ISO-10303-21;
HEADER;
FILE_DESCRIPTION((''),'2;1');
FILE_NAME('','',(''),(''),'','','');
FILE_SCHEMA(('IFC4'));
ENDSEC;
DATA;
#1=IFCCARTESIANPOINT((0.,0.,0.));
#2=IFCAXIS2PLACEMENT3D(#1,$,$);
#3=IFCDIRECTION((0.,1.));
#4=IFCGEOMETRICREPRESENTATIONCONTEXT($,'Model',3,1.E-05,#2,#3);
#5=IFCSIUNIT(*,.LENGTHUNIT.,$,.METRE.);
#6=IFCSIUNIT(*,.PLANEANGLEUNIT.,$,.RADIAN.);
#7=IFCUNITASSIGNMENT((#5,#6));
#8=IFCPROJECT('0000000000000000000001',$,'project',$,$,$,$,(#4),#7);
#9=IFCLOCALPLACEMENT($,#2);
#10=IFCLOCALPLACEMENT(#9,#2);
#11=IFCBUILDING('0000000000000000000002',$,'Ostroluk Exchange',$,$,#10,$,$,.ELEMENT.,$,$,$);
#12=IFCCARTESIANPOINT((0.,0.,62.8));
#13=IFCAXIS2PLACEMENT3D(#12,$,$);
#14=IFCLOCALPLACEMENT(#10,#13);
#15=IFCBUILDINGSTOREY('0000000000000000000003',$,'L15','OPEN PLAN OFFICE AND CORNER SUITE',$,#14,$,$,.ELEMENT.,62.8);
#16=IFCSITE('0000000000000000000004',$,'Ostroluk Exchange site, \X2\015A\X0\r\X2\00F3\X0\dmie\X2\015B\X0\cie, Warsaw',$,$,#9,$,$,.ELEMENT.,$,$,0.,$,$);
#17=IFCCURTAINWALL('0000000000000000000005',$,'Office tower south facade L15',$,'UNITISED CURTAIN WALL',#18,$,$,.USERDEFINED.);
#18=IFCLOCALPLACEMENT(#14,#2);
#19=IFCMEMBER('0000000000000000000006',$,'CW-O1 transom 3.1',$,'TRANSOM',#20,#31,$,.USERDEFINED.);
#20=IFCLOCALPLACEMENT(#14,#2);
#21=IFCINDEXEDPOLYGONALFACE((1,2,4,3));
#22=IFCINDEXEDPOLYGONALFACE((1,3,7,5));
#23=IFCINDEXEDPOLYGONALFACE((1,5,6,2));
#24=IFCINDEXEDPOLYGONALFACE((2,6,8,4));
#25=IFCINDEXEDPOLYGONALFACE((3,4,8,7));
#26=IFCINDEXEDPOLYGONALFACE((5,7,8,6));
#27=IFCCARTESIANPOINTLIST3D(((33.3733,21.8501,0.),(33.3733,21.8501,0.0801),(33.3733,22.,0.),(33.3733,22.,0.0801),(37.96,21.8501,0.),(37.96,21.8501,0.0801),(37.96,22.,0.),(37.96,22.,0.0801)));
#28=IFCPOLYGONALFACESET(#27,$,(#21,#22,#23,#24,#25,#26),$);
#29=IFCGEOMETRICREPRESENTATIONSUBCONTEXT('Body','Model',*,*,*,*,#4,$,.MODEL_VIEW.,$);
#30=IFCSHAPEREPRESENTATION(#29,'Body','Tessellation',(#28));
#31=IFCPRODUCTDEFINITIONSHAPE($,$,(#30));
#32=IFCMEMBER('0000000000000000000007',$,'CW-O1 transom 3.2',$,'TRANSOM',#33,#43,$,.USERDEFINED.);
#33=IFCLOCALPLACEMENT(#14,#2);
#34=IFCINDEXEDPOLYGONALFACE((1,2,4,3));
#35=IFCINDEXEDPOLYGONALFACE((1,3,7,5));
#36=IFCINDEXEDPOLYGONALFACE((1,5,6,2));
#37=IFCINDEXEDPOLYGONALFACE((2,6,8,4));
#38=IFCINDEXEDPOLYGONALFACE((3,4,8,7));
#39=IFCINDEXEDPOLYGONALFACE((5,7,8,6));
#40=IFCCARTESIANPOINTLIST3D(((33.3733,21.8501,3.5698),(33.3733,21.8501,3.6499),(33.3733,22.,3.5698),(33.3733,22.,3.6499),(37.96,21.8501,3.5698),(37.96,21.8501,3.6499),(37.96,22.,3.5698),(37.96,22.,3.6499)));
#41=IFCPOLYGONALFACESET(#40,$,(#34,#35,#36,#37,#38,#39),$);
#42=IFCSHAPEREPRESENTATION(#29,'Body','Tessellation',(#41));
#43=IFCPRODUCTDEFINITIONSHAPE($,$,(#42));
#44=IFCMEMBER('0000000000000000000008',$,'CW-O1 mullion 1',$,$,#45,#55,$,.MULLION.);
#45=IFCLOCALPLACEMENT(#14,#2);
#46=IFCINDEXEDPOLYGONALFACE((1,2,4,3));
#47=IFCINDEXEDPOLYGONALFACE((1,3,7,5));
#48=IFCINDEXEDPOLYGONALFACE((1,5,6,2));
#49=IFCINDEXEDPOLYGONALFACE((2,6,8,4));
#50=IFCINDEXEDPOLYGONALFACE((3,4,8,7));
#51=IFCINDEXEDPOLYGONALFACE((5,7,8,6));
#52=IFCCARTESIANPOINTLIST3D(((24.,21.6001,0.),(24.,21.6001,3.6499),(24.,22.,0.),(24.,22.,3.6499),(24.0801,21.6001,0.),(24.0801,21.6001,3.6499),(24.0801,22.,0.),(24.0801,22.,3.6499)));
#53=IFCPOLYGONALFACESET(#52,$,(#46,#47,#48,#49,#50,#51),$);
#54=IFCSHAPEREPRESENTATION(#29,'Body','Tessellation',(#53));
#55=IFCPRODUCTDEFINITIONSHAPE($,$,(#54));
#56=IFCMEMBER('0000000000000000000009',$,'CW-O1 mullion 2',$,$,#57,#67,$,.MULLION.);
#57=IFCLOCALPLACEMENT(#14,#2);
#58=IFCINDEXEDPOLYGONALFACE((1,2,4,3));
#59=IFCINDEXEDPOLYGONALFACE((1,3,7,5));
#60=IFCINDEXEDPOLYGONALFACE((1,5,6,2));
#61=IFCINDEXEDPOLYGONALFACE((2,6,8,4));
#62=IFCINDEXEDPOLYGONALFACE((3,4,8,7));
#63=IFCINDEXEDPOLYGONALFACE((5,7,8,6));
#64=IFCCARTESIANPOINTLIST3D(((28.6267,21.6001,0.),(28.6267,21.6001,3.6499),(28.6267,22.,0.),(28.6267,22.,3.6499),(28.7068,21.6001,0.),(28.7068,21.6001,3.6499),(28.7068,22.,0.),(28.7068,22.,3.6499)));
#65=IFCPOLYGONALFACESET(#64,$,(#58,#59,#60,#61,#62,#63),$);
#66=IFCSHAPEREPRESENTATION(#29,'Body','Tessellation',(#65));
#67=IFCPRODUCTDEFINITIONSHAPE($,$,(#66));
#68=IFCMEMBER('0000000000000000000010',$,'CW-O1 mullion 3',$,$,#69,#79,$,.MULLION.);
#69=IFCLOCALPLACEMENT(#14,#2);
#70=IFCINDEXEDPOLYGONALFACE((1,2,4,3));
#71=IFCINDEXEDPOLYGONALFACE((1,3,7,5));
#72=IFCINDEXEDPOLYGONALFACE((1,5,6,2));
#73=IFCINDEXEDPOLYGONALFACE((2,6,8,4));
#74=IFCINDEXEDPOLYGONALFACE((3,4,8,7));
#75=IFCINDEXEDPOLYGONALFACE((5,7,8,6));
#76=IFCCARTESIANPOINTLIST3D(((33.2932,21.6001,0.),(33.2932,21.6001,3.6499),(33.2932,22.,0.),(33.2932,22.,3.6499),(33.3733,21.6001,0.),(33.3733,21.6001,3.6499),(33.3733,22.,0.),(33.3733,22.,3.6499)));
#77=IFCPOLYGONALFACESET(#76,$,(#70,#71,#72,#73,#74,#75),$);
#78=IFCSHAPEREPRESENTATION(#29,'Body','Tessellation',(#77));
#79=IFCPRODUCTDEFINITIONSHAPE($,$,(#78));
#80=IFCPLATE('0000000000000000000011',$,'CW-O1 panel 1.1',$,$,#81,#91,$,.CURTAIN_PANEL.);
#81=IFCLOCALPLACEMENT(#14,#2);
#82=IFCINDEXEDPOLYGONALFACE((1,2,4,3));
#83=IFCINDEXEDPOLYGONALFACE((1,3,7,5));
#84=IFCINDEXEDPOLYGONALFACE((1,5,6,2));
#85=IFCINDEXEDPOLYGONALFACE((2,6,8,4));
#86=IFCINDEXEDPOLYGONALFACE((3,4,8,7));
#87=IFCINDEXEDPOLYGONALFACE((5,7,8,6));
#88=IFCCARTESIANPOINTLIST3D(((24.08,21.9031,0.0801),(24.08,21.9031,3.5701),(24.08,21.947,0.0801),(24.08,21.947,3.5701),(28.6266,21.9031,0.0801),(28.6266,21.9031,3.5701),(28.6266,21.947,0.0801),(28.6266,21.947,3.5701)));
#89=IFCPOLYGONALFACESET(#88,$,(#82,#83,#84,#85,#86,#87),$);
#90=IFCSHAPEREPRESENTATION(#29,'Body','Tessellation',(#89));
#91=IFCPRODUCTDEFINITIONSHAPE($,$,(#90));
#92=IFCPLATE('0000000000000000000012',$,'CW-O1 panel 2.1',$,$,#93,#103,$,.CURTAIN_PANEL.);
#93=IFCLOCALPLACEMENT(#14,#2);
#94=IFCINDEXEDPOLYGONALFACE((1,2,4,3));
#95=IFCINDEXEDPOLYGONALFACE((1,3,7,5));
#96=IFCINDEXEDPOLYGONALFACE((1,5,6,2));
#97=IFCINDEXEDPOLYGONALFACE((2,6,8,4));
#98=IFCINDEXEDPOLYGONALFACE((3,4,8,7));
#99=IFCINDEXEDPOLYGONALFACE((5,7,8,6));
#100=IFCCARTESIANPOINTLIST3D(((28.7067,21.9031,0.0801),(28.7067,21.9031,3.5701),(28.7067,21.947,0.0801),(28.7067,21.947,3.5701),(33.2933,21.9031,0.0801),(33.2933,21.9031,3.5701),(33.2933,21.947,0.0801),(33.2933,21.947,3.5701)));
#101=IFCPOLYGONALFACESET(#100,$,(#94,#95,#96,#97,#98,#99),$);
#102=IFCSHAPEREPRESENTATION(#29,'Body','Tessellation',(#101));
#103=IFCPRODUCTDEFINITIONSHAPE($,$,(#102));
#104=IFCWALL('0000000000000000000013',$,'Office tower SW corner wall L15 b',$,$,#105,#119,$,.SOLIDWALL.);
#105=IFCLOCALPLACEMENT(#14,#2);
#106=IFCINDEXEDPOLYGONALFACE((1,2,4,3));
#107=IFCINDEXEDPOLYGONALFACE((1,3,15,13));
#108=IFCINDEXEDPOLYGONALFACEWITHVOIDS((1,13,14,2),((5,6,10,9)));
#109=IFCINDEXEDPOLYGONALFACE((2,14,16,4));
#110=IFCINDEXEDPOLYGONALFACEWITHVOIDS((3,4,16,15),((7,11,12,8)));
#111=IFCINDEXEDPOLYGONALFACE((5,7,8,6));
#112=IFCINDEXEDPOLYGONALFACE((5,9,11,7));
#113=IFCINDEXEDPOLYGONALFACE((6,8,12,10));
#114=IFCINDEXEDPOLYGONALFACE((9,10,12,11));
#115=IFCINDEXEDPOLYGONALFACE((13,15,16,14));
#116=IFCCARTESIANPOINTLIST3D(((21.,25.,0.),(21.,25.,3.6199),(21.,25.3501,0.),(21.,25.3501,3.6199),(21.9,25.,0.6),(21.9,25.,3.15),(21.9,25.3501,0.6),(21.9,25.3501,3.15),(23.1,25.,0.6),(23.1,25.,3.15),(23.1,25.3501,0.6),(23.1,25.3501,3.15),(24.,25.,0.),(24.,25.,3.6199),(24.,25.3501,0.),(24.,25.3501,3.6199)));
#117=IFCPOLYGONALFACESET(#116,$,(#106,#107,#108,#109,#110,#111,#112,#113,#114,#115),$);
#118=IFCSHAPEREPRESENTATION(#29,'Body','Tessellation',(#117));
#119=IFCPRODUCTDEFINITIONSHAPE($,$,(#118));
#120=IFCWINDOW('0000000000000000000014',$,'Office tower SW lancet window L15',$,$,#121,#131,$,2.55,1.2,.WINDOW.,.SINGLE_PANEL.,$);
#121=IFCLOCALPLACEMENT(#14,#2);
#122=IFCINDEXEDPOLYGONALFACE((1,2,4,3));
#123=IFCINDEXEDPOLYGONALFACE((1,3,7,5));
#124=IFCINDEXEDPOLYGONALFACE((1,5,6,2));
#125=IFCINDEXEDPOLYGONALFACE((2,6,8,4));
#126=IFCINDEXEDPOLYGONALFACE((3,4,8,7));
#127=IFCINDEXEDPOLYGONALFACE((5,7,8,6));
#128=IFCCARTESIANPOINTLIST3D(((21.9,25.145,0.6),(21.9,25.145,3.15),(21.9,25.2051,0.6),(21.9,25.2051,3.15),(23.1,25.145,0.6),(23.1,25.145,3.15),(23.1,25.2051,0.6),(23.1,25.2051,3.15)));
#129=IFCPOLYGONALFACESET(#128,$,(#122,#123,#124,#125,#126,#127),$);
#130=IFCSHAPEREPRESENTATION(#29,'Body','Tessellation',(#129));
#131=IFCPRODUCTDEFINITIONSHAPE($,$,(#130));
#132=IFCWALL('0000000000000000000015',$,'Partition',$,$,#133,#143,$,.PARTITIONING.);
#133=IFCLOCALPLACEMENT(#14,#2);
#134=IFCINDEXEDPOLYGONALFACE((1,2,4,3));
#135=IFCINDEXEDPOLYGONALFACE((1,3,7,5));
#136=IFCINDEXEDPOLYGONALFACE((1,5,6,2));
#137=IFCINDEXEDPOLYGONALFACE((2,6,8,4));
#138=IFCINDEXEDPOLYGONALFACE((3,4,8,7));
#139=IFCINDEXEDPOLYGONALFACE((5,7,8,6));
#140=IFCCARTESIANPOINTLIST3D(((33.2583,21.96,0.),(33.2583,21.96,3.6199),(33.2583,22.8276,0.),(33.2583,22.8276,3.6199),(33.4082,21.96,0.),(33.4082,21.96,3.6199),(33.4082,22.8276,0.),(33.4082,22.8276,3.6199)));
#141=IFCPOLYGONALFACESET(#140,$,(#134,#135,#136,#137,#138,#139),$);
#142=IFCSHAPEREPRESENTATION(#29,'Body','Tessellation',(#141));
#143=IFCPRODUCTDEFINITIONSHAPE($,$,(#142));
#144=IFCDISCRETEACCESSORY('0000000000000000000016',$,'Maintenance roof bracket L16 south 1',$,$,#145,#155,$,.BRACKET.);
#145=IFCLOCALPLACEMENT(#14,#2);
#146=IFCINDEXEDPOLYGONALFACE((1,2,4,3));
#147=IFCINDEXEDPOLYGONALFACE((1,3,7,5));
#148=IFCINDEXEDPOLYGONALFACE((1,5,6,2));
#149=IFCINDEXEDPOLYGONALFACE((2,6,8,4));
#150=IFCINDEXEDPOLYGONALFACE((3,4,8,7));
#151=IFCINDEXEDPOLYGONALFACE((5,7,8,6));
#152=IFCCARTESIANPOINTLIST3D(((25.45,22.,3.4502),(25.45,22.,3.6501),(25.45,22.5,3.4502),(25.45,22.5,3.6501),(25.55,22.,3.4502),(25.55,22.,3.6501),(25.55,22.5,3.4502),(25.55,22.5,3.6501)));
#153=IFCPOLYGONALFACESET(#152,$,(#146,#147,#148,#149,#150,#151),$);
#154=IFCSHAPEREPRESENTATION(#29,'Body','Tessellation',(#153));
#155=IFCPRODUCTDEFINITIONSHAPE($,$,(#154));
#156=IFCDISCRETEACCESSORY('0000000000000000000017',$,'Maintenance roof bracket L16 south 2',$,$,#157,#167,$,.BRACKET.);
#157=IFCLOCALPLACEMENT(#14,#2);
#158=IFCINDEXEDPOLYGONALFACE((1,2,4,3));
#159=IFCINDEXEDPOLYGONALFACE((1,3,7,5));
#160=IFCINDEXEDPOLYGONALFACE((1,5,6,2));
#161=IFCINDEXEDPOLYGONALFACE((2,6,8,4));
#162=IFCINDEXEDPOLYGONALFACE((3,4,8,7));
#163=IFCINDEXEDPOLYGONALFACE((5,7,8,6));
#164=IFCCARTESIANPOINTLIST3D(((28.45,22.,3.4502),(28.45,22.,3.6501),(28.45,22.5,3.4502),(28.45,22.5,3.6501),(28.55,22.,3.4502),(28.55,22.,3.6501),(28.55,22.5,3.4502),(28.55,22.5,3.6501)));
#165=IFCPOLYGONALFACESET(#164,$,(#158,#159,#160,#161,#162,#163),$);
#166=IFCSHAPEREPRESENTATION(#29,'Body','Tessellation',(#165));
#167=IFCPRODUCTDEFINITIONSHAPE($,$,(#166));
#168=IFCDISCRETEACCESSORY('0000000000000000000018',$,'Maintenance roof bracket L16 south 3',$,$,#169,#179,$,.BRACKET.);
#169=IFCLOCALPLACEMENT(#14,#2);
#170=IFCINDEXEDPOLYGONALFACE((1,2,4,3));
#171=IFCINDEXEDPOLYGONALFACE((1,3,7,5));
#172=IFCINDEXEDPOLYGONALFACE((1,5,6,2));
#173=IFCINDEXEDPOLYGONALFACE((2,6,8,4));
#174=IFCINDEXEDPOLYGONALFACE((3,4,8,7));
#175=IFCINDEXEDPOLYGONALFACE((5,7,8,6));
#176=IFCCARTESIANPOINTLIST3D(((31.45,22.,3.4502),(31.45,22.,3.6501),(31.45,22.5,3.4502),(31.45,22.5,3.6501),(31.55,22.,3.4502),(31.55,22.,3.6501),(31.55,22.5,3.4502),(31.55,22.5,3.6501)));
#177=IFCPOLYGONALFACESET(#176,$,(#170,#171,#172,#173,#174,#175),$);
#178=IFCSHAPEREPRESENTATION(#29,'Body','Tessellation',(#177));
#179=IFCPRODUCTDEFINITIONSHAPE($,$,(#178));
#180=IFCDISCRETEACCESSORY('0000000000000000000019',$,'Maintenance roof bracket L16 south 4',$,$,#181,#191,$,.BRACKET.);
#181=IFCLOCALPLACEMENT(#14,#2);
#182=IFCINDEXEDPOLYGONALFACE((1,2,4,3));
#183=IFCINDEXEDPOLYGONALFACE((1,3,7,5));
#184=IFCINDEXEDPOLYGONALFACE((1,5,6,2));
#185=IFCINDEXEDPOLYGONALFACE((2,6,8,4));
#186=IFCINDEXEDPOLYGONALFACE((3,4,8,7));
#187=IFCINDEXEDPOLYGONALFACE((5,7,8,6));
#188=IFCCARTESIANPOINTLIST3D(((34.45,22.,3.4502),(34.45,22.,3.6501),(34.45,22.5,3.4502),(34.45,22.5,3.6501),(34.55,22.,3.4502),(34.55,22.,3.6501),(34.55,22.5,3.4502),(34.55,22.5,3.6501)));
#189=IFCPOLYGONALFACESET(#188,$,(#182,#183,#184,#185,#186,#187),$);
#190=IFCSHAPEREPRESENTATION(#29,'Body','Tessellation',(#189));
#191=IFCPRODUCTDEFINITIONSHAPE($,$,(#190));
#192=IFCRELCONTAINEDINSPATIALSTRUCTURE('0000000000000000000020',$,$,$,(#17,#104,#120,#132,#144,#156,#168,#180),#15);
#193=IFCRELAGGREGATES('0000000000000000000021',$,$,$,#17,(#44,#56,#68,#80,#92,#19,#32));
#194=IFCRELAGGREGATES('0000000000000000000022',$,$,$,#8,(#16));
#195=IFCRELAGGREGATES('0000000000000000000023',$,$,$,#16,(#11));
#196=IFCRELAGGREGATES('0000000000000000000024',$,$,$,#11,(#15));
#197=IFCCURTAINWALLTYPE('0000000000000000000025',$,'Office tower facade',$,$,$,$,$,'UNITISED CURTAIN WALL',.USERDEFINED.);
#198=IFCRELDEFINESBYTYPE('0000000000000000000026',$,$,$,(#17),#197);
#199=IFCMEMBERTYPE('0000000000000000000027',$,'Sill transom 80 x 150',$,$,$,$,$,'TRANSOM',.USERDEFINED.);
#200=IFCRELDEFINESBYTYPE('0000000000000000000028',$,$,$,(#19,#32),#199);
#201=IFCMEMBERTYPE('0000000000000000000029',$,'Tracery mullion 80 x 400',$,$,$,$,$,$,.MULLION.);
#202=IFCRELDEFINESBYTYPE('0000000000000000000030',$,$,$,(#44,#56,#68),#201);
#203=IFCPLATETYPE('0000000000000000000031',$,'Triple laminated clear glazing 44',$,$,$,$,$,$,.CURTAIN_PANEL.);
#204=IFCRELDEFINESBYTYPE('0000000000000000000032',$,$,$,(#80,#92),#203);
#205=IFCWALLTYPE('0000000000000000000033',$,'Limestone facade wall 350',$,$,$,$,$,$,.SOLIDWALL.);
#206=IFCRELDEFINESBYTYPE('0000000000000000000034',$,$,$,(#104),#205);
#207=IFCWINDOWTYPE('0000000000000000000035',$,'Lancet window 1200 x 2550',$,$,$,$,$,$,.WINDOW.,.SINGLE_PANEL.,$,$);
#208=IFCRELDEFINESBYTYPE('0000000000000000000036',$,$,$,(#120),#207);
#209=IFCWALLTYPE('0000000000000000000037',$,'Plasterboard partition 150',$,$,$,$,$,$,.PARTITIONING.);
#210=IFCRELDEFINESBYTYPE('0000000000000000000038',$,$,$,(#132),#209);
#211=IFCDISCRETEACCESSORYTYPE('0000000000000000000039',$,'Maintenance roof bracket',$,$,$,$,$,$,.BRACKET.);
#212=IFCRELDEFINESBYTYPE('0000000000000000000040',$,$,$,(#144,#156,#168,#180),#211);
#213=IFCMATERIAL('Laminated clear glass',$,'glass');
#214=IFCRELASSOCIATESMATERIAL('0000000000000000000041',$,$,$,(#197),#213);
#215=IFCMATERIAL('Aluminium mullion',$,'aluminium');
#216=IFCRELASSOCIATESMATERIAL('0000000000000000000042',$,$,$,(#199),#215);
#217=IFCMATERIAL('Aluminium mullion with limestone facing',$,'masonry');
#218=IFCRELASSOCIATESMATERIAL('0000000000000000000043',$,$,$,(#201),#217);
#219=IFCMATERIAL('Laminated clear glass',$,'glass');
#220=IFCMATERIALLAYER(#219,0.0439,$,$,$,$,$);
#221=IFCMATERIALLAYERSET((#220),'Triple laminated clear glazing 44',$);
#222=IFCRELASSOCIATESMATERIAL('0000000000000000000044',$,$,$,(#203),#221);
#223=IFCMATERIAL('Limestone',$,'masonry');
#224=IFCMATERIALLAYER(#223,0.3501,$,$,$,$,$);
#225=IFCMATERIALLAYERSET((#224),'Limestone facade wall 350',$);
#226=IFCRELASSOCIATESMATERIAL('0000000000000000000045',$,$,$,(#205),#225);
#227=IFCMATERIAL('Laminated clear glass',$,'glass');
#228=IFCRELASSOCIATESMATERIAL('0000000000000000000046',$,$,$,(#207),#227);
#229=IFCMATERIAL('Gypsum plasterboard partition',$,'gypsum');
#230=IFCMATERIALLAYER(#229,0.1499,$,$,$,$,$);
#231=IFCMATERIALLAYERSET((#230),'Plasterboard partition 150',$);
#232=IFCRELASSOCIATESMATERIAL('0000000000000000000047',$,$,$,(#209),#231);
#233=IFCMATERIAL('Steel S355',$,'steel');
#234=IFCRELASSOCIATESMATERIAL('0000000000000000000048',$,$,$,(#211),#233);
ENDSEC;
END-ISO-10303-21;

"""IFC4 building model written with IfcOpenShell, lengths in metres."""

from ifc_helpers import new_model, si_unit, direction, frame, frame_2d, origin, origin_2d, place, context, subcontext, project, spatial, rectangle, extrude, material, layer, layer_set, material_profile, profile_set, type_object, element, fill, aggregate, save


model = new_model("IFC4")

# Units and contexts
model_context = context("Model", 3, precision=1e-05, world=origin(), true_north=direction((0.0, 1.0)))
body_context = subcontext(model_context, "Body", "Model", "MODEL_VIEW")
ifc_project = project(units=[si_unit("LENGTHUNIT", "METRE"), si_unit("PLANEANGLEUNIT", "RADIAN")], contexts=[model_context])

# Site, building, storey
site_placement = place(None, origin())
site = spatial("IfcSite", under=ifc_project, at=site_placement, Name="Ostroluk Exchange site, Śródmieście, Warsaw", CompositionType="ELEMENT", RefElevation=0.0)
building_placement = place(site_placement, origin())
building = spatial("IfcBuilding", under=site, at=building_placement, Name="Ostroluk Exchange", CompositionType="ELEMENT")
storey_placement = place(building_placement, frame((0.0, 0.0, 62.8)))
storey = spatial("IfcBuildingStorey", under=building, at=storey_placement, Name="L15", Description="OPEN PLAN OFFICE AND CORNER SUITE", CompositionType="ELEMENT", Elevation=62.8)

# Curtain wall, members, plates
ifc_material_1 = material(Name="Laminated clear glass", Category="glass")
curtain_wall_type = type_object("IfcCurtainWallType", Name="Office tower facade", ElementType="UNITISED CURTAIN WALL", PredefinedType="USERDEFINED", material=ifc_material_1)
curtain_wall_placement = place(storey_placement, origin())
curtain_wall = element("IfcCurtainWall", 1, at=curtain_wall_placement, inside=storey, type_object=curtain_wall_type, Name="Office tower south facade L15", ObjectType="UNITISED CURTAIN WALL", PredefinedType="USERDEFINED")
ifc_material_2 = material(Name="Aluminium mullion", Category="aluminium")
ifc_material_profile_1 = material_profile(ifc_material_2, rectangle(XDim=0.1499, YDim=0.0801, at=origin_2d()), Name="Sill transom 80 x 150")
ifc_profile_set_1 = profile_set([ifc_material_profile_1], Name="Aluminium mullion")
member_type_1 = type_object("IfcMemberType", Name="Sill transom 80 x 150", ElementType="TRANSOM", PredefinedType="USERDEFINED", material=ifc_profile_set_1)
member_1_placement = place(storey_placement, frame((33.3733, 21.925, 0.04), z_axis=(1.0, 0.0, 0.0), x_axis=(0.0, 1.0, 0.0)))
member_1 = element("IfcMember", 2, at=member_1_placement, type_object=member_type_1, Name="CW-O1 transom 3.1", ObjectType="TRANSOM", PredefinedType="USERDEFINED", context=body_context, shape_type="SweptSolid", body=[
    extrude(rectangle(XDim=0.1499, YDim=0.0801, at=origin_2d()), origin(), (0.0, 0.0, 1.0), 4.5867),
])
member_2_placement = place(storey_placement, frame((33.3733, 21.925, 3.6099), z_axis=(1.0, 0.0, 0.0), x_axis=(0.0, 1.0, 0.0)))
member_2 = element("IfcMember", 3, at=member_2_placement, type_object=member_type_1, Name="CW-O1 transom 3.2", ObjectType="TRANSOM", PredefinedType="USERDEFINED", context=body_context, shape_type="SweptSolid", body=[
    extrude(rectangle(XDim=0.1499, YDim=0.0801, at=origin_2d()), origin(), (0.0, 0.0, 1.0), 4.5867),
])
ifc_material_3 = material(Name="Aluminium mullion with limestone facing", Category="masonry")
ifc_material_profile_2 = material_profile(ifc_material_3, rectangle(XDim=0.3999, YDim=0.0801, at=origin_2d()), Name="Tracery mullion 80 x 400")
ifc_profile_set_2 = profile_set([ifc_material_profile_2], Name="Aluminium mullion with limestone facing")
member_type_2 = type_object("IfcMemberType", Name="Tracery mullion 80 x 400", PredefinedType="MULLION", material=ifc_profile_set_2)
member_3_placement = place(storey_placement, frame((24.04, 21.8, 0.0), z_axis=(0.0, 0.0, 1.0), x_axis=(0.0, 1.0, 0.0)))
member_3 = element("IfcMember", 4, at=member_3_placement, type_object=member_type_2, Name="CW-O1 mullion 1", PredefinedType="MULLION", context=body_context, shape_type="SweptSolid", body=[
    extrude(rectangle(XDim=0.3999, YDim=0.0801, at=origin_2d()), origin(), (0.0, 0.0, 1.0), 3.6499),
])
member_4_placement = place(storey_placement, frame((28.6667, 21.8, 0.0), z_axis=(0.0, 0.0, 1.0), x_axis=(0.0, 1.0, 0.0)))
member_4 = element("IfcMember", 5, at=member_4_placement, type_object=member_type_2, Name="CW-O1 mullion 2", PredefinedType="MULLION", context=body_context, shape_type="SweptSolid", body=[
    extrude(rectangle(XDim=0.3999, YDim=0.0801, at=origin_2d()), origin(), (0.0, 0.0, 1.0), 3.6499),
])
member_5_placement = place(storey_placement, frame((33.3333, 21.8, 0.0), z_axis=(0.0, 0.0, 1.0), x_axis=(0.0, 1.0, 0.0)))
member_5 = element("IfcMember", 6, at=member_5_placement, type_object=member_type_2, Name="CW-O1 mullion 3", PredefinedType="MULLION", context=body_context, shape_type="SweptSolid", body=[
    extrude(rectangle(XDim=0.3999, YDim=0.0801, at=origin_2d()), origin(), (0.0, 0.0, 1.0), 3.6499),
])
ifc_material_4 = material(Name="Laminated clear glass", Category="glass")
ifc_layer_1 = layer(ifc_material_4, 0.0439)
ifc_layer_set_1 = layer_set([ifc_layer_1], Name="Triple laminated clear glazing 44")
plate_type = type_object("IfcPlateType", Name="Triple laminated clear glazing 44", PredefinedType="CURTAIN_PANEL", material=ifc_layer_set_1)
plate_1_placement = place(storey_placement, frame((26.3533, 21.925, 0.0801), z_axis=(0.0, 0.0, 1.0), x_axis=(1.0, 0.0, 0.0)))
plate_1 = element("IfcPlate", 7, at=plate_1_placement, type_object=plate_type, Name="CW-O1 panel 1.1", PredefinedType="CURTAIN_PANEL", context=body_context, shape_type="SweptSolid", body=[
    extrude(rectangle(XDim=4.5466, YDim=0.0439, at=origin_2d()), origin(), (0.0, 0.0, 1.0), 3.49),
])
plate_2_placement = place(storey_placement, frame((31.0, 21.925, 0.0801), z_axis=(0.0, 0.0, 1.0), x_axis=(1.0, 0.0, 0.0)))
plate_2 = element("IfcPlate", 8, at=plate_2_placement, type_object=plate_type, Name="CW-O1 panel 2.1", PredefinedType="CURTAIN_PANEL", context=body_context, shape_type="SweptSolid", body=[
    extrude(rectangle(XDim=4.5867, YDim=0.0439, at=origin_2d()), origin(), (0.0, 0.0, 1.0), 3.49),
])
aggregate(curtain_wall, [member_3, member_4, member_5, plate_1, plate_2, member_1, member_2])

# Shared definitions
ifc_material_5 = material(Name="Limestone", Category="masonry")
ifc_layer_2 = layer(ifc_material_5, 0.3501)
ifc_layer_set_2 = layer_set([ifc_layer_2], Name="Limestone facade wall 350")
wall_type_1 = type_object("IfcWallType", Name="Limestone facade wall 350", PredefinedType="SOLIDWALL", material=ifc_layer_set_2)

# Wall, opening, window
wall_1_placement = place(storey_placement, frame((24.0, 25.175, 0.0), z_axis=(0.0, 0.0, 1.0), x_axis=(-1.0, 0.0, 0.0)))
wall_1 = element("IfcWall", 9, at=wall_1_placement, inside=storey, type_object=wall_type_1, Name="Office tower SW corner wall L15 b", PredefinedType="SOLIDWALL", context=body_context, shape_type="SweptSolid", body=[
    extrude(rectangle(XDim=3.0, YDim=0.3501, at=frame_2d((1.5, 0.0))), origin(), (0.0, 0.0, 1.0), 3.6199),
])
opening_1_placement = place(wall_1_placement, frame((0.8999, 0.0, 0.6001)))
opening_1 = element("IfcOpeningElement", 10, at=opening_1_placement, cuts=wall_1, PredefinedType="OPENING", context=body_context, shape_type="SweptSolid", body=[
    extrude(rectangle(XDim=1.2, YDim=2.55, at=frame_2d((0.6001, 1.2749))), frame((0.0, 0.1851, 0.0), z_axis=(0.0, -1.0, 0.0), x_axis=(1.0, 0.0, 0.0)), (0.0, 0.0, 1.0), 0.3701),
])
ifc_material_6 = material(Name="Laminated clear glass", Category="glass")
window_type = type_object("IfcWindowType", Name="Lancet window 1200 x 2550", PartitioningType="SINGLE_PANEL", PredefinedType="WINDOW", material=ifc_material_6)
window_placement = place(opening_1_placement, origin())
window = element("IfcWindow", 11, at=window_placement, inside=storey, type_object=window_type, Name="Office tower SW lancet window L15", OverallHeight=2.55, OverallWidth=1.2, PartitioningType="SINGLE_PANEL", PredefinedType="WINDOW", context=body_context, shape_type="SweptSolid", body=[
    extrude(rectangle(XDim=1.2, YDim=2.55, at=frame_2d((0.6001, 1.2749))), frame((0.0, 0.03, 0.0), z_axis=(0.0, -1.0, 0.0), x_axis=(1.0, 0.0, 0.0)), (0.0, 0.0, 1.0), 0.0601),
])
fill(opening_1, window)

# Wall
ifc_material_7 = material(Name="Gypsum plasterboard partition", Category="gypsum")
ifc_layer_3 = layer(ifc_material_7, 0.1499)
ifc_layer_set_3 = layer_set([ifc_layer_3], Name="Plasterboard partition 150")
wall_type_2 = type_object("IfcWallType", Name="Plasterboard partition 150", PredefinedType="PARTITIONING", material=ifc_layer_set_3)
wall_2_placement = place(storey_placement, frame((33.3333, 22.8276, 0.0), z_axis=(0.0, 0.0, 1.0), x_axis=(0.0, -1.0, 0.0)))
element("IfcWall", 12, at=wall_2_placement, inside=storey, type_object=wall_type_2, Name="Partition", PredefinedType="PARTITIONING", context=body_context, shape_type="SweptSolid", body=[
    extrude(rectangle(XDim=0.8677, YDim=0.1499, at=frame_2d((0.4338, 0.0))), origin(), (0.0, 0.0, 1.0), 3.6199),
])

# Discrete accessories
ifc_material_8 = material(Name="Steel S355", Category="steel")
discrete_accessory_type = type_object("IfcDiscreteAccessoryType", Name="Maintenance roof bracket", PredefinedType="BRACKET", material=ifc_material_8)
for number, where, z_axis, x_axis, name in (
    (13, (25.5, 22.25, 3.4502), (0.0, 0.0, 1.0), (1.0, 0.0, 0.0), "Maintenance roof bracket L16 south 1"),
    (14, (28.5, 22.25, 3.4502), (0.0, 0.0, 1.0), (1.0, 0.0, 0.0), "Maintenance roof bracket L16 south 2"),
    (15, (31.5, 22.25, 3.4502), (0.0, 0.0, 1.0), (1.0, 0.0, 0.0), "Maintenance roof bracket L16 south 3"),
    (16, (34.5, 22.25, 3.4502), (0.0, 0.0, 1.0), (1.0, 0.0, 0.0), "Maintenance roof bracket L16 south 4"),
):
    element("IfcDiscreteAccessory", number, at=place(storey_placement, frame(where, z_axis=z_axis, x_axis=x_axis)), inside=storey, type_object=discrete_accessory_type, Name=name, PredefinedType="BRACKET", context=body_context, shape_type="SweptSolid", body=[
        extrude(rectangle(XDim=0.1001, YDim=0.5, at=origin_2d()), origin(), (0.0, 0.0, 1.0), 0.2),
    ])

save(model, "model.ifc")
